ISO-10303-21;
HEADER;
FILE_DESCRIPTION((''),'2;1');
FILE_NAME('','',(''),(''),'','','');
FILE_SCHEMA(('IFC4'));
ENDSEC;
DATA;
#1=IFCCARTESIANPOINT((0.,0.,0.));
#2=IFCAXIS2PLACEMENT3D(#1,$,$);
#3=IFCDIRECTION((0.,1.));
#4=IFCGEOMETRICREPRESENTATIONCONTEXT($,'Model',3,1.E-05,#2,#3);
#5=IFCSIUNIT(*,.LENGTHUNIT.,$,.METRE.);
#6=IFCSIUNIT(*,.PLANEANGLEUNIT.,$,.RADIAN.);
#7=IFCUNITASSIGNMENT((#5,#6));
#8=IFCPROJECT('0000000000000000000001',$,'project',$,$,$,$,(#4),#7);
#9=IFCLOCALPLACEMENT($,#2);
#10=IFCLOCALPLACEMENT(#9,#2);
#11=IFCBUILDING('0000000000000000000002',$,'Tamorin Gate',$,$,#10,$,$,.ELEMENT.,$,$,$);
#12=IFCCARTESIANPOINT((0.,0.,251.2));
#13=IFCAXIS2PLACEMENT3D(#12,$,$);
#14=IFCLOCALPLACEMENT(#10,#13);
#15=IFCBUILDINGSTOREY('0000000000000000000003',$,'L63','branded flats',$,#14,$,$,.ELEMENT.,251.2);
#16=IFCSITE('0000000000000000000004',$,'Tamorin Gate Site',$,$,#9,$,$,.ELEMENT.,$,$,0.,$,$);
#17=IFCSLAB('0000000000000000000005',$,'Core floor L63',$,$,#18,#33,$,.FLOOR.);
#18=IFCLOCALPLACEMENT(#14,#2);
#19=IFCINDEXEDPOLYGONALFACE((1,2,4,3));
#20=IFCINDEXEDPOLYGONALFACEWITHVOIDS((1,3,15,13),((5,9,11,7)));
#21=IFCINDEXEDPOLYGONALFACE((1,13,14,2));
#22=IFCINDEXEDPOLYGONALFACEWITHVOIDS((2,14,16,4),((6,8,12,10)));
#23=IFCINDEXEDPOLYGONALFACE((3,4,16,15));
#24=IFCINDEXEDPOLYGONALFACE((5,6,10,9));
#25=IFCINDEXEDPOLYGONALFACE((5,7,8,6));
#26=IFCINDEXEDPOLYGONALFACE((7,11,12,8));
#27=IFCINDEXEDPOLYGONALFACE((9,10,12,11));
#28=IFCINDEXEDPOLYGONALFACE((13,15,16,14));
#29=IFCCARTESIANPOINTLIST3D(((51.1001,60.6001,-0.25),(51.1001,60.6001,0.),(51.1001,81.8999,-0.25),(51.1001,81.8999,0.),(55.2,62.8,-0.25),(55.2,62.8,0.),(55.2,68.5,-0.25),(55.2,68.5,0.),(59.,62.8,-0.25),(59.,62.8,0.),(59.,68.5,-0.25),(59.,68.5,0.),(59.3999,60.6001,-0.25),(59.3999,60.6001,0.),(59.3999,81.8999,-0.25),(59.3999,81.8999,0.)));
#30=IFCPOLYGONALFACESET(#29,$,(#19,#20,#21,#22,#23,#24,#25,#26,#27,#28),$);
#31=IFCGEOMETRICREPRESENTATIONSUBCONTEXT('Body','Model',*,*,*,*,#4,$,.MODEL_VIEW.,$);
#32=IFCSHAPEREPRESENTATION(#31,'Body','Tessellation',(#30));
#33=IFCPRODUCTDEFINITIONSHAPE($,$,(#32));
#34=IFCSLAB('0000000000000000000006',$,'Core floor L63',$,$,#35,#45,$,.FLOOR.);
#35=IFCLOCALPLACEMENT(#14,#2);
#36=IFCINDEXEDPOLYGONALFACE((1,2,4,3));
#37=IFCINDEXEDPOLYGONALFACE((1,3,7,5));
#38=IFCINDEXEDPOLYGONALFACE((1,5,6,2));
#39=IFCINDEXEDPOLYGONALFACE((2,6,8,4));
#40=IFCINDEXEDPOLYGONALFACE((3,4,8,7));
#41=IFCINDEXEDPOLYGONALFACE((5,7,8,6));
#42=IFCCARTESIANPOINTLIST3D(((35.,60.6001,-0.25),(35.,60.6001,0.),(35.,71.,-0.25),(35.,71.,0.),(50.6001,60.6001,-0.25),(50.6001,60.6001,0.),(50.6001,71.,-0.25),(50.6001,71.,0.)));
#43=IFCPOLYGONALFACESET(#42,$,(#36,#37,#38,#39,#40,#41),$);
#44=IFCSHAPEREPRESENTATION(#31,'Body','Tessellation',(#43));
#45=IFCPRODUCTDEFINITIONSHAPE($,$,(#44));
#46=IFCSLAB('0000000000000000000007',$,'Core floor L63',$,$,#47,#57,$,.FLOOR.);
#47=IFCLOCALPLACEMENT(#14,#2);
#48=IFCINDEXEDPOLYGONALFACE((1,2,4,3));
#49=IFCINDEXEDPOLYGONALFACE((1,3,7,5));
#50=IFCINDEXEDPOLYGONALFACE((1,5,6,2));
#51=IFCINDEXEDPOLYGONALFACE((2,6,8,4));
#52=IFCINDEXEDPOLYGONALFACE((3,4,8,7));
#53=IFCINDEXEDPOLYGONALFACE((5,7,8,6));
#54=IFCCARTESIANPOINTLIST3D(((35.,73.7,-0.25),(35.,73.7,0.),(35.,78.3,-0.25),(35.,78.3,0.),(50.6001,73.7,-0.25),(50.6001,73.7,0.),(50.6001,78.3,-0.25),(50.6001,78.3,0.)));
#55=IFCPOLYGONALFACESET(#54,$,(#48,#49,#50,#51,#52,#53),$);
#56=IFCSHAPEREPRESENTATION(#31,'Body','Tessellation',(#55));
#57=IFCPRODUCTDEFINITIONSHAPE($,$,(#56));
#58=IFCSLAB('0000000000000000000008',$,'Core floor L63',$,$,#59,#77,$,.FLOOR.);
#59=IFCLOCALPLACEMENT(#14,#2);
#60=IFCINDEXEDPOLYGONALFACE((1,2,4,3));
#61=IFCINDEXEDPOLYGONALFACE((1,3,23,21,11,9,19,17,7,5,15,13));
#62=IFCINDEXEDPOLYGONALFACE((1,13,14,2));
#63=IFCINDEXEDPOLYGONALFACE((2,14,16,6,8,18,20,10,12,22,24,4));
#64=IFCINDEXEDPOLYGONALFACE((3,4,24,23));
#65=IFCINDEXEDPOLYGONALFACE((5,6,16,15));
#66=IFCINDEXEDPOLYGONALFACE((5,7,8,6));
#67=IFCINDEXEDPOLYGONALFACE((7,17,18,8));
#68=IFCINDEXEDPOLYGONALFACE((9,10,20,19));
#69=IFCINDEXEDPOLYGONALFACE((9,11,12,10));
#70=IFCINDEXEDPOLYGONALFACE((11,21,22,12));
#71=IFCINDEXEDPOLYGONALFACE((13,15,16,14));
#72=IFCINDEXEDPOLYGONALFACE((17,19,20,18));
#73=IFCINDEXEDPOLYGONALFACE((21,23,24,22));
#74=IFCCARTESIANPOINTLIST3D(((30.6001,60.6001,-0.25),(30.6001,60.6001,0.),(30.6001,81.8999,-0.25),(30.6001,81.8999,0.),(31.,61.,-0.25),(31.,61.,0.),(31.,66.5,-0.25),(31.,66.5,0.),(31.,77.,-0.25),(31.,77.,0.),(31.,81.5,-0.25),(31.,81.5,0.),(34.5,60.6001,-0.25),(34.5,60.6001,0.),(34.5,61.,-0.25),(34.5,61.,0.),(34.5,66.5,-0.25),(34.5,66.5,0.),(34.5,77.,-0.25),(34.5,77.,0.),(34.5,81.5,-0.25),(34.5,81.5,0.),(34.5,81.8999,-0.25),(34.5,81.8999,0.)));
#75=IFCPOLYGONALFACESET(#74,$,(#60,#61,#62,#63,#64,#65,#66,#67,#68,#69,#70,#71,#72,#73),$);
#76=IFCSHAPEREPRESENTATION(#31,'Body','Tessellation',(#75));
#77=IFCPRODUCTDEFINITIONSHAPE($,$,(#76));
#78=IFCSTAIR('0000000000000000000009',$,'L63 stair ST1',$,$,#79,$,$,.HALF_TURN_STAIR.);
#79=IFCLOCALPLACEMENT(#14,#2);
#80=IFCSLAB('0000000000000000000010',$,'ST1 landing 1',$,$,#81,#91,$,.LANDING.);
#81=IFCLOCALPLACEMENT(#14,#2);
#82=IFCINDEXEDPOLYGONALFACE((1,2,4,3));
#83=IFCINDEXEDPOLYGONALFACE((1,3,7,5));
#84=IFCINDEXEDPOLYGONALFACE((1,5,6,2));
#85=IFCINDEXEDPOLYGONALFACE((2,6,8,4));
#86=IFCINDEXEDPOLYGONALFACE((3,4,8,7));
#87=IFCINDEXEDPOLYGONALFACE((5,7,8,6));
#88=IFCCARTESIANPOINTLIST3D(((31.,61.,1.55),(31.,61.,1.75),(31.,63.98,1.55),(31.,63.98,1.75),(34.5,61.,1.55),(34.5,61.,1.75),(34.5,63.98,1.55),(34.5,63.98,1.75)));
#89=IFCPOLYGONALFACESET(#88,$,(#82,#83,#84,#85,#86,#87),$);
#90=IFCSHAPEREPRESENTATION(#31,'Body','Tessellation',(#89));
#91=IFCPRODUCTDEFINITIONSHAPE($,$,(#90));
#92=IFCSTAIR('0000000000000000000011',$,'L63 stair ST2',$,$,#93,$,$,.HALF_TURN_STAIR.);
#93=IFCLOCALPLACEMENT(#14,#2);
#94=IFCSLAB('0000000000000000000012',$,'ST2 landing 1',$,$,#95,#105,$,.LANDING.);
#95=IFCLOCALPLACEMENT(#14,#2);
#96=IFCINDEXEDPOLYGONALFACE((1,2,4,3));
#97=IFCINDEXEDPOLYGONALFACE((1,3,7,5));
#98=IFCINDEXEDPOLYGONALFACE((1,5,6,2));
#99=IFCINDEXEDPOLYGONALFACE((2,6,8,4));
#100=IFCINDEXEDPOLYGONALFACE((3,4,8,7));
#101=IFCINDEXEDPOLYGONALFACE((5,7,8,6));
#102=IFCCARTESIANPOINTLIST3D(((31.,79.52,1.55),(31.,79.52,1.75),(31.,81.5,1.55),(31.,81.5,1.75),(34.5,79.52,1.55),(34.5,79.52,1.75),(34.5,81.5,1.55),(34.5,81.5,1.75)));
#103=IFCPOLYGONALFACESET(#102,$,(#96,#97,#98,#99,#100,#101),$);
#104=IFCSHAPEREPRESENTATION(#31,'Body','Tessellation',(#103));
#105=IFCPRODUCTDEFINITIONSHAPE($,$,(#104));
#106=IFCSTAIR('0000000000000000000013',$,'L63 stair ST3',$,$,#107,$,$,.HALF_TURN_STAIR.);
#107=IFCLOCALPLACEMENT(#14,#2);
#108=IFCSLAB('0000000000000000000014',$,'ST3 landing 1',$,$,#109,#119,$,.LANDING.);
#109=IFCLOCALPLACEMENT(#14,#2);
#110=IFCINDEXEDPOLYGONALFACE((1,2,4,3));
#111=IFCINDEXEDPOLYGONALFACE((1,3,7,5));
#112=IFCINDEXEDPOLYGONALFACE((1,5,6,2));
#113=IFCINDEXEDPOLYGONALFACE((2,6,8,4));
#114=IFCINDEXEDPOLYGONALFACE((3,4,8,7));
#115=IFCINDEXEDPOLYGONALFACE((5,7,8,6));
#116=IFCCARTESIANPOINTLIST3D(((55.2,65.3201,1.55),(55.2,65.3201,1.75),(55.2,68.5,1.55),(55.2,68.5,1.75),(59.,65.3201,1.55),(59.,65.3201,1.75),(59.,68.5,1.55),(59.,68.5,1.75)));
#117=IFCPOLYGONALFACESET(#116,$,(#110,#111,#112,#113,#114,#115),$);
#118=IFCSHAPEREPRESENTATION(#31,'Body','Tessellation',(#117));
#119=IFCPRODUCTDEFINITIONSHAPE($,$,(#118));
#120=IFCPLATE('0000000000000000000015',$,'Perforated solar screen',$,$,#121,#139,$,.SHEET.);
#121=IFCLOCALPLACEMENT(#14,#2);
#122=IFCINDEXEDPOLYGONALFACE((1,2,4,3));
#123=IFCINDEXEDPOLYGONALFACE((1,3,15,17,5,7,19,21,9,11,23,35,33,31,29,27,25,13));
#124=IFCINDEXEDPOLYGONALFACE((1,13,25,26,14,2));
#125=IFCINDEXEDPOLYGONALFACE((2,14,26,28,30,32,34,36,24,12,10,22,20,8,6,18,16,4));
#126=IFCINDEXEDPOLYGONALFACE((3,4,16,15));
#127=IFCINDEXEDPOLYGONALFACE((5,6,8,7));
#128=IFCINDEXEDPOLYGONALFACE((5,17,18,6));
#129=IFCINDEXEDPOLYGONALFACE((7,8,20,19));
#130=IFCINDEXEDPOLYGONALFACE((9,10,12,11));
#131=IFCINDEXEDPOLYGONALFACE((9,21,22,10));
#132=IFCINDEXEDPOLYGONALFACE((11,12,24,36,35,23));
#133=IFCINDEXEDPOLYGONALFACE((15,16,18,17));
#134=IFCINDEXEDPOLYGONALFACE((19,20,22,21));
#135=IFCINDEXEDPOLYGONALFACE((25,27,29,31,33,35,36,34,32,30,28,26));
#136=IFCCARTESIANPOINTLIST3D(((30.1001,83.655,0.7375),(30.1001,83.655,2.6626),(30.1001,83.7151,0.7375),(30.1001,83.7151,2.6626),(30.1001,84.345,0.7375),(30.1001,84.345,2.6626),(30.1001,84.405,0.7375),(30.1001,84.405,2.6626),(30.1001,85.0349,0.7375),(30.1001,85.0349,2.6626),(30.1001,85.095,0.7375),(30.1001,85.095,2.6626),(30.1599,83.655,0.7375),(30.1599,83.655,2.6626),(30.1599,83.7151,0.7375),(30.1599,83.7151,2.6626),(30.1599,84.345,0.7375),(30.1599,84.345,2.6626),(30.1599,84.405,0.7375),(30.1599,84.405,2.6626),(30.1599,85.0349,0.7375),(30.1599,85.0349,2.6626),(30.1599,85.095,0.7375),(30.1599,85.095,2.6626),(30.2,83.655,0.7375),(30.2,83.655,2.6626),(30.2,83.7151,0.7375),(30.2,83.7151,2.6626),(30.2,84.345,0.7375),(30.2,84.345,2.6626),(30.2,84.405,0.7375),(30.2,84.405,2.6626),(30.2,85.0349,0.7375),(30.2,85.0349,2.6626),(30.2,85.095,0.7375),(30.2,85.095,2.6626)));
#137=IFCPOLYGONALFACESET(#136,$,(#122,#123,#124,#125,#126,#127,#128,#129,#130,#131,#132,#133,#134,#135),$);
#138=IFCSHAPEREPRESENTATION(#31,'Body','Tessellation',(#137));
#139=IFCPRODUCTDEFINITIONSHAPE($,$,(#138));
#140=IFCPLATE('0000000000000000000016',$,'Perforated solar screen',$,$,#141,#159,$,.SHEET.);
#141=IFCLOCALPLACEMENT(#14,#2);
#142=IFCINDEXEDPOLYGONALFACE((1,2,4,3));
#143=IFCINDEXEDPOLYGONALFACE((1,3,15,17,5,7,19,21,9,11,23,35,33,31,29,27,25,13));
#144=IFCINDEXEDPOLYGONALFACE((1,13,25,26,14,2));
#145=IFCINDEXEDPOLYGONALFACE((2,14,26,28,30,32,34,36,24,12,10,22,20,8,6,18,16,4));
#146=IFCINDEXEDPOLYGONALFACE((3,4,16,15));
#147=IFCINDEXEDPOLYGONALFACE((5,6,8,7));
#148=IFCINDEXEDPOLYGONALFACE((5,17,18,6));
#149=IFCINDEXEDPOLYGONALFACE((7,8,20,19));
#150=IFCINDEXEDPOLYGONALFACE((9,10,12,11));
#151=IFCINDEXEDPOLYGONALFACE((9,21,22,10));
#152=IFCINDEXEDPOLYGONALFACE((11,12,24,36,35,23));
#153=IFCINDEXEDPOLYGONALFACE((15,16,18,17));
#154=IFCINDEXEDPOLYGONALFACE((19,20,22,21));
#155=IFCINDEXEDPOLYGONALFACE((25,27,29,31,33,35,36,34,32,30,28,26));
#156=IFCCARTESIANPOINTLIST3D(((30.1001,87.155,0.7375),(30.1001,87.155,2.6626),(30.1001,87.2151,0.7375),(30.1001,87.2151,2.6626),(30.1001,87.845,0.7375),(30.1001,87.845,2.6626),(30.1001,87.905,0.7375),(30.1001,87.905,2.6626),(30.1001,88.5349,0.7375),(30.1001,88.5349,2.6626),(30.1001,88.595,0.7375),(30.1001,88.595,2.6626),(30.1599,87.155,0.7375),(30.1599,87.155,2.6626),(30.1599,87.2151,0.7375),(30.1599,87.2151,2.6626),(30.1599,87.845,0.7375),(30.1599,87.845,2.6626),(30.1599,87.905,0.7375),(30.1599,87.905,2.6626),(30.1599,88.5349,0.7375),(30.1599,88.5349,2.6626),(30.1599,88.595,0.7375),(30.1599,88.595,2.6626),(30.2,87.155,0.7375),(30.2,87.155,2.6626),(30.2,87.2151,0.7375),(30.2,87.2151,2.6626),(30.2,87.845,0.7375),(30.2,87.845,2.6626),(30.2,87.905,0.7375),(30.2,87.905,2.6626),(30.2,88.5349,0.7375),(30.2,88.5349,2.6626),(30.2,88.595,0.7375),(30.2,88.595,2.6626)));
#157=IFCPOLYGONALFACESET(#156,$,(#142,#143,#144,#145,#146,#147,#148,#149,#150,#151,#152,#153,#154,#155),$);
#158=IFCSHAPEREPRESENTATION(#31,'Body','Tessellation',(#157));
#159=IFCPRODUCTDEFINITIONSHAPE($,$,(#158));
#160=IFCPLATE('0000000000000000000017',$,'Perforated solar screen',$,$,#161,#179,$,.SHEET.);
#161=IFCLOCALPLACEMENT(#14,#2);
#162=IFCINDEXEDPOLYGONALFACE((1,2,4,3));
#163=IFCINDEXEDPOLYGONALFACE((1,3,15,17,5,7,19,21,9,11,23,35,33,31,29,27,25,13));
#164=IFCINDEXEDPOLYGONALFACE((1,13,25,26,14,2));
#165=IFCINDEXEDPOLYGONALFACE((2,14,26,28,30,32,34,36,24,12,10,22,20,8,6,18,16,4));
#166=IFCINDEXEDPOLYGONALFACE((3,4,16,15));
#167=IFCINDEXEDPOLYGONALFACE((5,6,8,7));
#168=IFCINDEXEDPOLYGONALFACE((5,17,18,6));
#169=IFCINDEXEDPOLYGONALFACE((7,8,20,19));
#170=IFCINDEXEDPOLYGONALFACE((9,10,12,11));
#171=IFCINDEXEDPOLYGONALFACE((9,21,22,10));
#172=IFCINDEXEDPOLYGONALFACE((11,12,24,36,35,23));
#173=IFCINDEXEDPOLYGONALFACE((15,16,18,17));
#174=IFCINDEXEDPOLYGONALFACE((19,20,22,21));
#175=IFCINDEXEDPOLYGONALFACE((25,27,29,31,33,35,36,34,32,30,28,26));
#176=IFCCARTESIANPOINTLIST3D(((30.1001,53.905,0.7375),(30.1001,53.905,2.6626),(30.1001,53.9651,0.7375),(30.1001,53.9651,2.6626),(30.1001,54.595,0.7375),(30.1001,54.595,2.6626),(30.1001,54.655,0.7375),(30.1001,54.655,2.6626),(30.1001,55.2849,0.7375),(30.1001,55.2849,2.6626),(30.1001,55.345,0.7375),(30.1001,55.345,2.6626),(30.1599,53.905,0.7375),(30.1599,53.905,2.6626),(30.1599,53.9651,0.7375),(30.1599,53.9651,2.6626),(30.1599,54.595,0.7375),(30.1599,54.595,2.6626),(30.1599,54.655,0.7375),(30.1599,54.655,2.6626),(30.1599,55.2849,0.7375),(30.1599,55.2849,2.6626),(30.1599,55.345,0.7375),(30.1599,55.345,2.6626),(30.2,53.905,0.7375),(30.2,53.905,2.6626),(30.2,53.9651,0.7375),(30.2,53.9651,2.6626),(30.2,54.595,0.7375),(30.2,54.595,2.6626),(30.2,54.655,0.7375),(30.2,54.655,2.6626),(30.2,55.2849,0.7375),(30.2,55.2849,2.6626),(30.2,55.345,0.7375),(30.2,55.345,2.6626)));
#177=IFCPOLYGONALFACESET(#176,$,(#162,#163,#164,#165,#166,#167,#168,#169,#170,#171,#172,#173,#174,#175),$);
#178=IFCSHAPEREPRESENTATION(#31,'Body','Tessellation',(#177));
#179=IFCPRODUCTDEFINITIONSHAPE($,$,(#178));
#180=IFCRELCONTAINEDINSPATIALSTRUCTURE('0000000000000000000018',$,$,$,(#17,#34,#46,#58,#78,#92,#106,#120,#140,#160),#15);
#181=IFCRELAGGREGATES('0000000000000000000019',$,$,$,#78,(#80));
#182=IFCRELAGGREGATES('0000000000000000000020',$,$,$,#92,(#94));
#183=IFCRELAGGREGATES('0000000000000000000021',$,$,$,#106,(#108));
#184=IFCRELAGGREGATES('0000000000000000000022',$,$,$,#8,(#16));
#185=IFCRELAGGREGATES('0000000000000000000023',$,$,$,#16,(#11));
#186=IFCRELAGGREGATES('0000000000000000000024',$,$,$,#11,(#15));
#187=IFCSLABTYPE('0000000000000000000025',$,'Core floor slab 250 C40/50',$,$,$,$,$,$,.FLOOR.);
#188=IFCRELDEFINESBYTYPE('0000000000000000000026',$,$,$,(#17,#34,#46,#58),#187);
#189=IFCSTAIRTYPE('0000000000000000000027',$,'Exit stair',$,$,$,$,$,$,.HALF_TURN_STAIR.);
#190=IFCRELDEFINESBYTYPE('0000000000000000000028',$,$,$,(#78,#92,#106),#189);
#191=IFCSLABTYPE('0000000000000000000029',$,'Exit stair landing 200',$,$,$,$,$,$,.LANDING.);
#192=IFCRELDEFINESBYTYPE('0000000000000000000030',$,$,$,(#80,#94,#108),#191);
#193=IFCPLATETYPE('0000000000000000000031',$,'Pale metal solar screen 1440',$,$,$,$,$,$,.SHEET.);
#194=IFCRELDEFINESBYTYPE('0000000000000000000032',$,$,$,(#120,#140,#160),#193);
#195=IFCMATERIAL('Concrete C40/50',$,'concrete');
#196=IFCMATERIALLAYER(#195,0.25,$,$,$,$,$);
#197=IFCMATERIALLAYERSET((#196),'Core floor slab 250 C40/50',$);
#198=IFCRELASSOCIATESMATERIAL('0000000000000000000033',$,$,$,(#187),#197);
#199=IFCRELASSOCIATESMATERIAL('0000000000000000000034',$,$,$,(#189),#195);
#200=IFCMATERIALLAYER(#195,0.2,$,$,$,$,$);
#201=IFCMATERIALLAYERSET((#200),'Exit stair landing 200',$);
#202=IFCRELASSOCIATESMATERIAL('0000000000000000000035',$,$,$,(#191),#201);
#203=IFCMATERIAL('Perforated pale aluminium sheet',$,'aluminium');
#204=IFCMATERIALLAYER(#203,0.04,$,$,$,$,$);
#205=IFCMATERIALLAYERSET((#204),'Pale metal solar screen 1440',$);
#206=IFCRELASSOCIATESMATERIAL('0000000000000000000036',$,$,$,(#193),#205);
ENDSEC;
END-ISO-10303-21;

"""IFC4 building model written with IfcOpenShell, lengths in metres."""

from ifc_helpers import new_model, si_unit, direction, frame, origin, place, context, subcontext, project, spatial, polyline, outline, extrude, material, layer, layer_set, type_object, element, aggregate, save


model = new_model("IFC4")

# Units and contexts
model_context = context("Model", 3, precision=1e-05, world=origin(), true_north=direction((0.0, 1.0)))
body_context = subcontext(model_context, "Body", "Model", "MODEL_VIEW")
ifc_project = project(units=[si_unit("LENGTHUNIT", "METRE"), si_unit("PLANEANGLEUNIT", "RADIAN")], contexts=[model_context])

# Site, building, storey
site_placement = place(None, origin())
site = spatial("IfcSite", under=ifc_project, at=site_placement, Name="Tamorin Gate Site", CompositionType="ELEMENT", RefElevation=0.0)
building_placement = place(site_placement, origin())
building = spatial("IfcBuilding", under=site, at=building_placement, Name="Tamorin Gate", CompositionType="ELEMENT")
storey_placement = place(building_placement, frame((0.0, 0.0, 251.2)))
storey = spatial("IfcBuildingStorey", under=building, at=storey_placement, Name="L63", Description="branded flats", CompositionType="ELEMENT", Elevation=251.2)

# Slabs
ifc_material_1 = material(Name="Concrete C40/50", Category="concrete")
ifc_layer_1 = layer(ifc_material_1, 0.25)
ifc_layer_set_1 = layer_set([ifc_layer_1], Name="Core floor slab 250 C40/50")
slab_type_1 = type_object("IfcSlabType", Name="Core floor slab 250 C40/50", PredefinedType="FLOOR", material=ifc_layer_set_1)
slab_1_placement = place(storey_placement, frame((0.0, 0.0, -0.25)))
element("IfcSlab", 1, at=slab_1_placement, inside=storey, type_object=slab_type_1, Name="Core floor L63", PredefinedType="FLOOR", context=body_context, shape_type="SweptSolid", body=[
    extrude(outline(polyline([(51.1001, 81.8999), (59.3999, 81.8999), (59.3999, 60.6001), (51.1001, 60.6001), (51.1001, 81.8999)]), holes=[polyline([(55.2, 62.8), (59.0, 62.8), (59.0, 68.5), (55.2, 68.5), (55.2, 62.8)])]), origin(), (0.0, 0.0, 1.0), 0.25),
])
slab_2_placement = place(storey_placement, frame((0.0, 0.0, -0.25)))
element("IfcSlab", 2, at=slab_2_placement, inside=storey, type_object=slab_type_1, Name="Core floor L63", PredefinedType="FLOOR", context=body_context, shape_type="SweptSolid", body=[
    extrude(outline(polyline([(50.6001, 71.0), (50.6001, 60.6001), (35.0, 60.6001), (35.0, 71.0), (50.6001, 71.0)])), origin(), (0.0, 0.0, 1.0), 0.25),
])
slab_3_placement = place(storey_placement, frame((0.0, 0.0, -0.25)))
element("IfcSlab", 3, at=slab_3_placement, inside=storey, type_object=slab_type_1, Name="Core floor L63", PredefinedType="FLOOR", context=body_context, shape_type="SweptSolid", body=[
    extrude(outline(polyline([(50.6001, 73.7), (35.0, 73.7), (35.0, 78.3), (50.6001, 78.3), (50.6001, 73.7)])), origin(), (0.0, 0.0, 1.0), 0.25),
])
slab_4_placement = place(storey_placement, frame((0.0, 0.0, -0.25)))
element("IfcSlab", 4, at=slab_4_placement, inside=storey, type_object=slab_type_1, Name="Core floor L63", PredefinedType="FLOOR", context=body_context, shape_type="SweptSolid", body=[
    extrude(outline(polyline([(34.5, 60.6001), (30.6001, 60.6001), (30.6001, 81.8999), (34.5, 81.8999), (34.5, 81.5), (31.0, 81.5), (31.0, 77.0), (34.5, 77.0), (34.5, 66.5), (31.0, 66.5), (31.0, 61.0), (34.5, 61.0), (34.5, 60.6001)])), origin(), (0.0, 0.0, 1.0), 0.25),
])

# Stairs, slabs
stair_type = type_object("IfcStairType", Name="Exit stair", PredefinedType="HALF_TURN_STAIR", material=ifc_material_1)
stair_1_placement = place(storey_placement, origin())
stair_1 = element("IfcStair", 5, at=stair_1_placement, inside=storey, type_object=stair_type, Name="L63 stair ST1", PredefinedType="HALF_TURN_STAIR")
ifc_layer_2 = layer(ifc_material_1, 0.2)
ifc_layer_set_2 = layer_set([ifc_layer_2], Name="Exit stair landing 200")
slab_type_2 = type_object("IfcSlabType", Name="Exit stair landing 200", PredefinedType="LANDING", material=ifc_layer_set_2)
slab_5_placement = place(storey_placement, frame((0.0, 0.0, 1.55)))
slab_5 = element("IfcSlab", 6, at=slab_5_placement, type_object=slab_type_2, Name="ST1 landing 1", PredefinedType="LANDING", context=body_context, shape_type="SweptSolid", body=[
    extrude(outline(polyline([(31.0, 63.98), (31.0, 61.0), (34.5, 61.0), (34.5, 63.98), (31.0, 63.98)])), origin(), (0.0, 0.0, 1.0), 0.2),
])
aggregate(stair_1, [slab_5])
stair_2_placement = place(storey_placement, origin())
stair_2 = element("IfcStair", 7, at=stair_2_placement, inside=storey, type_object=stair_type, Name="L63 stair ST2", PredefinedType="HALF_TURN_STAIR")
slab_6_placement = place(storey_placement, frame((0.0, 0.0, 1.55)))
slab_6 = element("IfcSlab", 8, at=slab_6_placement, type_object=slab_type_2, Name="ST2 landing 1", PredefinedType="LANDING", context=body_context, shape_type="SweptSolid", body=[
    extrude(outline(polyline([(34.5, 79.52), (34.5, 81.5), (31.0, 81.5), (31.0, 79.52), (34.5, 79.52)])), origin(), (0.0, 0.0, 1.0), 0.2),
])
aggregate(stair_2, [slab_6])
stair_3_placement = place(storey_placement, origin())
stair_3 = element("IfcStair", 9, at=stair_3_placement, inside=storey, type_object=stair_type, Name="L63 stair ST3", PredefinedType="HALF_TURN_STAIR")
slab_7_placement = place(storey_placement, frame((0.0, 0.0, 1.55)))
slab_7 = element("IfcSlab", 10, at=slab_7_placement, type_object=slab_type_2, Name="ST3 landing 1", PredefinedType="LANDING", context=body_context, shape_type="SweptSolid", body=[
    extrude(outline(polyline([(59.0, 65.3201), (59.0, 68.5), (55.2, 68.5), (55.2, 65.3201), (59.0, 65.3201)])), origin(), (0.0, 0.0, 1.0), 0.2),
])
aggregate(stair_3, [slab_7])

# Plates
ifc_material_2 = material(Name="Perforated pale aluminium sheet", Category="aluminium")
ifc_layer_3 = layer(ifc_material_2, 0.04)
ifc_layer_set_3 = layer_set([ifc_layer_3], Name="Pale metal solar screen 1440")
plate_type = type_object("IfcPlateType", Name="Pale metal solar screen 1440", PredefinedType="SHEET", material=ifc_layer_set_3)
plate_1_placement = place(storey_placement, frame((0.0, 0.0, 0.7375)))
element("IfcPlate", 11, at=plate_1_placement, inside=storey, type_object=plate_type, Name="Perforated solar screen", PredefinedType="SHEET", context=body_context, shape_type="SweptSolid", body=[
    extrude(outline(polyline([(30.1599, 85.095), (30.2, 85.095), (30.2, 85.0349), (30.2, 84.405), (30.2, 84.345), (30.2, 83.7151), (30.2, 83.655), (30.1599, 83.655), (30.1001, 83.655), (30.1001, 83.7151), (30.1599, 83.7151), (30.1599, 84.345), (30.1001, 84.345), (30.1001, 84.405), (30.1599, 84.405), (30.1599, 85.0349), (30.1001, 85.0349), (30.1001, 85.095), (30.1599, 85.095)])), origin(), (0.0, 0.0, 1.0), 1.925),
])
plate_2_placement = place(storey_placement, frame((0.0, 0.0, 0.7375)))
element("IfcPlate", 12, at=plate_2_placement, inside=storey, type_object=plate_type, Name="Perforated solar screen", PredefinedType="SHEET", context=body_context, shape_type="SweptSolid", body=[
    extrude(outline(polyline([(30.1599, 88.595), (30.2, 88.595), (30.2, 88.5349), (30.2, 87.905), (30.2, 87.845), (30.2, 87.2151), (30.2, 87.155), (30.2, 87.155), (30.1599, 87.155), (30.1599, 87.155), (30.1001, 87.155), (30.1001, 87.2151), (30.1599, 87.2151), (30.1599, 87.845), (30.1001, 87.845), (30.1001, 87.905), (30.1599, 87.905), (30.1599, 88.5349), (30.1001, 88.5349), (30.1001, 88.595), (30.1599, 88.595)])), origin(), (0.0, 0.0, 1.0), 1.925),
])
plate_3_placement = place(storey_placement, frame((0.0, 0.0, 0.7375)))
element("IfcPlate", 13, at=plate_3_placement, inside=storey, type_object=plate_type, Name="Perforated solar screen", PredefinedType="SHEET", context=body_context, shape_type="SweptSolid", body=[
    extrude(outline(polyline([(30.1599, 55.345), (30.2, 55.345), (30.2, 55.2849), (30.2, 54.655), (30.2, 54.595), (30.2, 53.9651), (30.2, 53.905), (30.1599, 53.905), (30.1001, 53.905), (30.1001, 53.9651), (30.1599, 53.9651), (30.1599, 54.595), (30.1001, 54.595), (30.1001, 54.655), (30.1599, 54.655), (30.1599, 55.2849), (30.1001, 55.2849), (30.1001, 55.345), (30.1599, 55.345)])), origin(), (0.0, 0.0, 1.0), 1.925),
])

save(model, "model.ifc")
